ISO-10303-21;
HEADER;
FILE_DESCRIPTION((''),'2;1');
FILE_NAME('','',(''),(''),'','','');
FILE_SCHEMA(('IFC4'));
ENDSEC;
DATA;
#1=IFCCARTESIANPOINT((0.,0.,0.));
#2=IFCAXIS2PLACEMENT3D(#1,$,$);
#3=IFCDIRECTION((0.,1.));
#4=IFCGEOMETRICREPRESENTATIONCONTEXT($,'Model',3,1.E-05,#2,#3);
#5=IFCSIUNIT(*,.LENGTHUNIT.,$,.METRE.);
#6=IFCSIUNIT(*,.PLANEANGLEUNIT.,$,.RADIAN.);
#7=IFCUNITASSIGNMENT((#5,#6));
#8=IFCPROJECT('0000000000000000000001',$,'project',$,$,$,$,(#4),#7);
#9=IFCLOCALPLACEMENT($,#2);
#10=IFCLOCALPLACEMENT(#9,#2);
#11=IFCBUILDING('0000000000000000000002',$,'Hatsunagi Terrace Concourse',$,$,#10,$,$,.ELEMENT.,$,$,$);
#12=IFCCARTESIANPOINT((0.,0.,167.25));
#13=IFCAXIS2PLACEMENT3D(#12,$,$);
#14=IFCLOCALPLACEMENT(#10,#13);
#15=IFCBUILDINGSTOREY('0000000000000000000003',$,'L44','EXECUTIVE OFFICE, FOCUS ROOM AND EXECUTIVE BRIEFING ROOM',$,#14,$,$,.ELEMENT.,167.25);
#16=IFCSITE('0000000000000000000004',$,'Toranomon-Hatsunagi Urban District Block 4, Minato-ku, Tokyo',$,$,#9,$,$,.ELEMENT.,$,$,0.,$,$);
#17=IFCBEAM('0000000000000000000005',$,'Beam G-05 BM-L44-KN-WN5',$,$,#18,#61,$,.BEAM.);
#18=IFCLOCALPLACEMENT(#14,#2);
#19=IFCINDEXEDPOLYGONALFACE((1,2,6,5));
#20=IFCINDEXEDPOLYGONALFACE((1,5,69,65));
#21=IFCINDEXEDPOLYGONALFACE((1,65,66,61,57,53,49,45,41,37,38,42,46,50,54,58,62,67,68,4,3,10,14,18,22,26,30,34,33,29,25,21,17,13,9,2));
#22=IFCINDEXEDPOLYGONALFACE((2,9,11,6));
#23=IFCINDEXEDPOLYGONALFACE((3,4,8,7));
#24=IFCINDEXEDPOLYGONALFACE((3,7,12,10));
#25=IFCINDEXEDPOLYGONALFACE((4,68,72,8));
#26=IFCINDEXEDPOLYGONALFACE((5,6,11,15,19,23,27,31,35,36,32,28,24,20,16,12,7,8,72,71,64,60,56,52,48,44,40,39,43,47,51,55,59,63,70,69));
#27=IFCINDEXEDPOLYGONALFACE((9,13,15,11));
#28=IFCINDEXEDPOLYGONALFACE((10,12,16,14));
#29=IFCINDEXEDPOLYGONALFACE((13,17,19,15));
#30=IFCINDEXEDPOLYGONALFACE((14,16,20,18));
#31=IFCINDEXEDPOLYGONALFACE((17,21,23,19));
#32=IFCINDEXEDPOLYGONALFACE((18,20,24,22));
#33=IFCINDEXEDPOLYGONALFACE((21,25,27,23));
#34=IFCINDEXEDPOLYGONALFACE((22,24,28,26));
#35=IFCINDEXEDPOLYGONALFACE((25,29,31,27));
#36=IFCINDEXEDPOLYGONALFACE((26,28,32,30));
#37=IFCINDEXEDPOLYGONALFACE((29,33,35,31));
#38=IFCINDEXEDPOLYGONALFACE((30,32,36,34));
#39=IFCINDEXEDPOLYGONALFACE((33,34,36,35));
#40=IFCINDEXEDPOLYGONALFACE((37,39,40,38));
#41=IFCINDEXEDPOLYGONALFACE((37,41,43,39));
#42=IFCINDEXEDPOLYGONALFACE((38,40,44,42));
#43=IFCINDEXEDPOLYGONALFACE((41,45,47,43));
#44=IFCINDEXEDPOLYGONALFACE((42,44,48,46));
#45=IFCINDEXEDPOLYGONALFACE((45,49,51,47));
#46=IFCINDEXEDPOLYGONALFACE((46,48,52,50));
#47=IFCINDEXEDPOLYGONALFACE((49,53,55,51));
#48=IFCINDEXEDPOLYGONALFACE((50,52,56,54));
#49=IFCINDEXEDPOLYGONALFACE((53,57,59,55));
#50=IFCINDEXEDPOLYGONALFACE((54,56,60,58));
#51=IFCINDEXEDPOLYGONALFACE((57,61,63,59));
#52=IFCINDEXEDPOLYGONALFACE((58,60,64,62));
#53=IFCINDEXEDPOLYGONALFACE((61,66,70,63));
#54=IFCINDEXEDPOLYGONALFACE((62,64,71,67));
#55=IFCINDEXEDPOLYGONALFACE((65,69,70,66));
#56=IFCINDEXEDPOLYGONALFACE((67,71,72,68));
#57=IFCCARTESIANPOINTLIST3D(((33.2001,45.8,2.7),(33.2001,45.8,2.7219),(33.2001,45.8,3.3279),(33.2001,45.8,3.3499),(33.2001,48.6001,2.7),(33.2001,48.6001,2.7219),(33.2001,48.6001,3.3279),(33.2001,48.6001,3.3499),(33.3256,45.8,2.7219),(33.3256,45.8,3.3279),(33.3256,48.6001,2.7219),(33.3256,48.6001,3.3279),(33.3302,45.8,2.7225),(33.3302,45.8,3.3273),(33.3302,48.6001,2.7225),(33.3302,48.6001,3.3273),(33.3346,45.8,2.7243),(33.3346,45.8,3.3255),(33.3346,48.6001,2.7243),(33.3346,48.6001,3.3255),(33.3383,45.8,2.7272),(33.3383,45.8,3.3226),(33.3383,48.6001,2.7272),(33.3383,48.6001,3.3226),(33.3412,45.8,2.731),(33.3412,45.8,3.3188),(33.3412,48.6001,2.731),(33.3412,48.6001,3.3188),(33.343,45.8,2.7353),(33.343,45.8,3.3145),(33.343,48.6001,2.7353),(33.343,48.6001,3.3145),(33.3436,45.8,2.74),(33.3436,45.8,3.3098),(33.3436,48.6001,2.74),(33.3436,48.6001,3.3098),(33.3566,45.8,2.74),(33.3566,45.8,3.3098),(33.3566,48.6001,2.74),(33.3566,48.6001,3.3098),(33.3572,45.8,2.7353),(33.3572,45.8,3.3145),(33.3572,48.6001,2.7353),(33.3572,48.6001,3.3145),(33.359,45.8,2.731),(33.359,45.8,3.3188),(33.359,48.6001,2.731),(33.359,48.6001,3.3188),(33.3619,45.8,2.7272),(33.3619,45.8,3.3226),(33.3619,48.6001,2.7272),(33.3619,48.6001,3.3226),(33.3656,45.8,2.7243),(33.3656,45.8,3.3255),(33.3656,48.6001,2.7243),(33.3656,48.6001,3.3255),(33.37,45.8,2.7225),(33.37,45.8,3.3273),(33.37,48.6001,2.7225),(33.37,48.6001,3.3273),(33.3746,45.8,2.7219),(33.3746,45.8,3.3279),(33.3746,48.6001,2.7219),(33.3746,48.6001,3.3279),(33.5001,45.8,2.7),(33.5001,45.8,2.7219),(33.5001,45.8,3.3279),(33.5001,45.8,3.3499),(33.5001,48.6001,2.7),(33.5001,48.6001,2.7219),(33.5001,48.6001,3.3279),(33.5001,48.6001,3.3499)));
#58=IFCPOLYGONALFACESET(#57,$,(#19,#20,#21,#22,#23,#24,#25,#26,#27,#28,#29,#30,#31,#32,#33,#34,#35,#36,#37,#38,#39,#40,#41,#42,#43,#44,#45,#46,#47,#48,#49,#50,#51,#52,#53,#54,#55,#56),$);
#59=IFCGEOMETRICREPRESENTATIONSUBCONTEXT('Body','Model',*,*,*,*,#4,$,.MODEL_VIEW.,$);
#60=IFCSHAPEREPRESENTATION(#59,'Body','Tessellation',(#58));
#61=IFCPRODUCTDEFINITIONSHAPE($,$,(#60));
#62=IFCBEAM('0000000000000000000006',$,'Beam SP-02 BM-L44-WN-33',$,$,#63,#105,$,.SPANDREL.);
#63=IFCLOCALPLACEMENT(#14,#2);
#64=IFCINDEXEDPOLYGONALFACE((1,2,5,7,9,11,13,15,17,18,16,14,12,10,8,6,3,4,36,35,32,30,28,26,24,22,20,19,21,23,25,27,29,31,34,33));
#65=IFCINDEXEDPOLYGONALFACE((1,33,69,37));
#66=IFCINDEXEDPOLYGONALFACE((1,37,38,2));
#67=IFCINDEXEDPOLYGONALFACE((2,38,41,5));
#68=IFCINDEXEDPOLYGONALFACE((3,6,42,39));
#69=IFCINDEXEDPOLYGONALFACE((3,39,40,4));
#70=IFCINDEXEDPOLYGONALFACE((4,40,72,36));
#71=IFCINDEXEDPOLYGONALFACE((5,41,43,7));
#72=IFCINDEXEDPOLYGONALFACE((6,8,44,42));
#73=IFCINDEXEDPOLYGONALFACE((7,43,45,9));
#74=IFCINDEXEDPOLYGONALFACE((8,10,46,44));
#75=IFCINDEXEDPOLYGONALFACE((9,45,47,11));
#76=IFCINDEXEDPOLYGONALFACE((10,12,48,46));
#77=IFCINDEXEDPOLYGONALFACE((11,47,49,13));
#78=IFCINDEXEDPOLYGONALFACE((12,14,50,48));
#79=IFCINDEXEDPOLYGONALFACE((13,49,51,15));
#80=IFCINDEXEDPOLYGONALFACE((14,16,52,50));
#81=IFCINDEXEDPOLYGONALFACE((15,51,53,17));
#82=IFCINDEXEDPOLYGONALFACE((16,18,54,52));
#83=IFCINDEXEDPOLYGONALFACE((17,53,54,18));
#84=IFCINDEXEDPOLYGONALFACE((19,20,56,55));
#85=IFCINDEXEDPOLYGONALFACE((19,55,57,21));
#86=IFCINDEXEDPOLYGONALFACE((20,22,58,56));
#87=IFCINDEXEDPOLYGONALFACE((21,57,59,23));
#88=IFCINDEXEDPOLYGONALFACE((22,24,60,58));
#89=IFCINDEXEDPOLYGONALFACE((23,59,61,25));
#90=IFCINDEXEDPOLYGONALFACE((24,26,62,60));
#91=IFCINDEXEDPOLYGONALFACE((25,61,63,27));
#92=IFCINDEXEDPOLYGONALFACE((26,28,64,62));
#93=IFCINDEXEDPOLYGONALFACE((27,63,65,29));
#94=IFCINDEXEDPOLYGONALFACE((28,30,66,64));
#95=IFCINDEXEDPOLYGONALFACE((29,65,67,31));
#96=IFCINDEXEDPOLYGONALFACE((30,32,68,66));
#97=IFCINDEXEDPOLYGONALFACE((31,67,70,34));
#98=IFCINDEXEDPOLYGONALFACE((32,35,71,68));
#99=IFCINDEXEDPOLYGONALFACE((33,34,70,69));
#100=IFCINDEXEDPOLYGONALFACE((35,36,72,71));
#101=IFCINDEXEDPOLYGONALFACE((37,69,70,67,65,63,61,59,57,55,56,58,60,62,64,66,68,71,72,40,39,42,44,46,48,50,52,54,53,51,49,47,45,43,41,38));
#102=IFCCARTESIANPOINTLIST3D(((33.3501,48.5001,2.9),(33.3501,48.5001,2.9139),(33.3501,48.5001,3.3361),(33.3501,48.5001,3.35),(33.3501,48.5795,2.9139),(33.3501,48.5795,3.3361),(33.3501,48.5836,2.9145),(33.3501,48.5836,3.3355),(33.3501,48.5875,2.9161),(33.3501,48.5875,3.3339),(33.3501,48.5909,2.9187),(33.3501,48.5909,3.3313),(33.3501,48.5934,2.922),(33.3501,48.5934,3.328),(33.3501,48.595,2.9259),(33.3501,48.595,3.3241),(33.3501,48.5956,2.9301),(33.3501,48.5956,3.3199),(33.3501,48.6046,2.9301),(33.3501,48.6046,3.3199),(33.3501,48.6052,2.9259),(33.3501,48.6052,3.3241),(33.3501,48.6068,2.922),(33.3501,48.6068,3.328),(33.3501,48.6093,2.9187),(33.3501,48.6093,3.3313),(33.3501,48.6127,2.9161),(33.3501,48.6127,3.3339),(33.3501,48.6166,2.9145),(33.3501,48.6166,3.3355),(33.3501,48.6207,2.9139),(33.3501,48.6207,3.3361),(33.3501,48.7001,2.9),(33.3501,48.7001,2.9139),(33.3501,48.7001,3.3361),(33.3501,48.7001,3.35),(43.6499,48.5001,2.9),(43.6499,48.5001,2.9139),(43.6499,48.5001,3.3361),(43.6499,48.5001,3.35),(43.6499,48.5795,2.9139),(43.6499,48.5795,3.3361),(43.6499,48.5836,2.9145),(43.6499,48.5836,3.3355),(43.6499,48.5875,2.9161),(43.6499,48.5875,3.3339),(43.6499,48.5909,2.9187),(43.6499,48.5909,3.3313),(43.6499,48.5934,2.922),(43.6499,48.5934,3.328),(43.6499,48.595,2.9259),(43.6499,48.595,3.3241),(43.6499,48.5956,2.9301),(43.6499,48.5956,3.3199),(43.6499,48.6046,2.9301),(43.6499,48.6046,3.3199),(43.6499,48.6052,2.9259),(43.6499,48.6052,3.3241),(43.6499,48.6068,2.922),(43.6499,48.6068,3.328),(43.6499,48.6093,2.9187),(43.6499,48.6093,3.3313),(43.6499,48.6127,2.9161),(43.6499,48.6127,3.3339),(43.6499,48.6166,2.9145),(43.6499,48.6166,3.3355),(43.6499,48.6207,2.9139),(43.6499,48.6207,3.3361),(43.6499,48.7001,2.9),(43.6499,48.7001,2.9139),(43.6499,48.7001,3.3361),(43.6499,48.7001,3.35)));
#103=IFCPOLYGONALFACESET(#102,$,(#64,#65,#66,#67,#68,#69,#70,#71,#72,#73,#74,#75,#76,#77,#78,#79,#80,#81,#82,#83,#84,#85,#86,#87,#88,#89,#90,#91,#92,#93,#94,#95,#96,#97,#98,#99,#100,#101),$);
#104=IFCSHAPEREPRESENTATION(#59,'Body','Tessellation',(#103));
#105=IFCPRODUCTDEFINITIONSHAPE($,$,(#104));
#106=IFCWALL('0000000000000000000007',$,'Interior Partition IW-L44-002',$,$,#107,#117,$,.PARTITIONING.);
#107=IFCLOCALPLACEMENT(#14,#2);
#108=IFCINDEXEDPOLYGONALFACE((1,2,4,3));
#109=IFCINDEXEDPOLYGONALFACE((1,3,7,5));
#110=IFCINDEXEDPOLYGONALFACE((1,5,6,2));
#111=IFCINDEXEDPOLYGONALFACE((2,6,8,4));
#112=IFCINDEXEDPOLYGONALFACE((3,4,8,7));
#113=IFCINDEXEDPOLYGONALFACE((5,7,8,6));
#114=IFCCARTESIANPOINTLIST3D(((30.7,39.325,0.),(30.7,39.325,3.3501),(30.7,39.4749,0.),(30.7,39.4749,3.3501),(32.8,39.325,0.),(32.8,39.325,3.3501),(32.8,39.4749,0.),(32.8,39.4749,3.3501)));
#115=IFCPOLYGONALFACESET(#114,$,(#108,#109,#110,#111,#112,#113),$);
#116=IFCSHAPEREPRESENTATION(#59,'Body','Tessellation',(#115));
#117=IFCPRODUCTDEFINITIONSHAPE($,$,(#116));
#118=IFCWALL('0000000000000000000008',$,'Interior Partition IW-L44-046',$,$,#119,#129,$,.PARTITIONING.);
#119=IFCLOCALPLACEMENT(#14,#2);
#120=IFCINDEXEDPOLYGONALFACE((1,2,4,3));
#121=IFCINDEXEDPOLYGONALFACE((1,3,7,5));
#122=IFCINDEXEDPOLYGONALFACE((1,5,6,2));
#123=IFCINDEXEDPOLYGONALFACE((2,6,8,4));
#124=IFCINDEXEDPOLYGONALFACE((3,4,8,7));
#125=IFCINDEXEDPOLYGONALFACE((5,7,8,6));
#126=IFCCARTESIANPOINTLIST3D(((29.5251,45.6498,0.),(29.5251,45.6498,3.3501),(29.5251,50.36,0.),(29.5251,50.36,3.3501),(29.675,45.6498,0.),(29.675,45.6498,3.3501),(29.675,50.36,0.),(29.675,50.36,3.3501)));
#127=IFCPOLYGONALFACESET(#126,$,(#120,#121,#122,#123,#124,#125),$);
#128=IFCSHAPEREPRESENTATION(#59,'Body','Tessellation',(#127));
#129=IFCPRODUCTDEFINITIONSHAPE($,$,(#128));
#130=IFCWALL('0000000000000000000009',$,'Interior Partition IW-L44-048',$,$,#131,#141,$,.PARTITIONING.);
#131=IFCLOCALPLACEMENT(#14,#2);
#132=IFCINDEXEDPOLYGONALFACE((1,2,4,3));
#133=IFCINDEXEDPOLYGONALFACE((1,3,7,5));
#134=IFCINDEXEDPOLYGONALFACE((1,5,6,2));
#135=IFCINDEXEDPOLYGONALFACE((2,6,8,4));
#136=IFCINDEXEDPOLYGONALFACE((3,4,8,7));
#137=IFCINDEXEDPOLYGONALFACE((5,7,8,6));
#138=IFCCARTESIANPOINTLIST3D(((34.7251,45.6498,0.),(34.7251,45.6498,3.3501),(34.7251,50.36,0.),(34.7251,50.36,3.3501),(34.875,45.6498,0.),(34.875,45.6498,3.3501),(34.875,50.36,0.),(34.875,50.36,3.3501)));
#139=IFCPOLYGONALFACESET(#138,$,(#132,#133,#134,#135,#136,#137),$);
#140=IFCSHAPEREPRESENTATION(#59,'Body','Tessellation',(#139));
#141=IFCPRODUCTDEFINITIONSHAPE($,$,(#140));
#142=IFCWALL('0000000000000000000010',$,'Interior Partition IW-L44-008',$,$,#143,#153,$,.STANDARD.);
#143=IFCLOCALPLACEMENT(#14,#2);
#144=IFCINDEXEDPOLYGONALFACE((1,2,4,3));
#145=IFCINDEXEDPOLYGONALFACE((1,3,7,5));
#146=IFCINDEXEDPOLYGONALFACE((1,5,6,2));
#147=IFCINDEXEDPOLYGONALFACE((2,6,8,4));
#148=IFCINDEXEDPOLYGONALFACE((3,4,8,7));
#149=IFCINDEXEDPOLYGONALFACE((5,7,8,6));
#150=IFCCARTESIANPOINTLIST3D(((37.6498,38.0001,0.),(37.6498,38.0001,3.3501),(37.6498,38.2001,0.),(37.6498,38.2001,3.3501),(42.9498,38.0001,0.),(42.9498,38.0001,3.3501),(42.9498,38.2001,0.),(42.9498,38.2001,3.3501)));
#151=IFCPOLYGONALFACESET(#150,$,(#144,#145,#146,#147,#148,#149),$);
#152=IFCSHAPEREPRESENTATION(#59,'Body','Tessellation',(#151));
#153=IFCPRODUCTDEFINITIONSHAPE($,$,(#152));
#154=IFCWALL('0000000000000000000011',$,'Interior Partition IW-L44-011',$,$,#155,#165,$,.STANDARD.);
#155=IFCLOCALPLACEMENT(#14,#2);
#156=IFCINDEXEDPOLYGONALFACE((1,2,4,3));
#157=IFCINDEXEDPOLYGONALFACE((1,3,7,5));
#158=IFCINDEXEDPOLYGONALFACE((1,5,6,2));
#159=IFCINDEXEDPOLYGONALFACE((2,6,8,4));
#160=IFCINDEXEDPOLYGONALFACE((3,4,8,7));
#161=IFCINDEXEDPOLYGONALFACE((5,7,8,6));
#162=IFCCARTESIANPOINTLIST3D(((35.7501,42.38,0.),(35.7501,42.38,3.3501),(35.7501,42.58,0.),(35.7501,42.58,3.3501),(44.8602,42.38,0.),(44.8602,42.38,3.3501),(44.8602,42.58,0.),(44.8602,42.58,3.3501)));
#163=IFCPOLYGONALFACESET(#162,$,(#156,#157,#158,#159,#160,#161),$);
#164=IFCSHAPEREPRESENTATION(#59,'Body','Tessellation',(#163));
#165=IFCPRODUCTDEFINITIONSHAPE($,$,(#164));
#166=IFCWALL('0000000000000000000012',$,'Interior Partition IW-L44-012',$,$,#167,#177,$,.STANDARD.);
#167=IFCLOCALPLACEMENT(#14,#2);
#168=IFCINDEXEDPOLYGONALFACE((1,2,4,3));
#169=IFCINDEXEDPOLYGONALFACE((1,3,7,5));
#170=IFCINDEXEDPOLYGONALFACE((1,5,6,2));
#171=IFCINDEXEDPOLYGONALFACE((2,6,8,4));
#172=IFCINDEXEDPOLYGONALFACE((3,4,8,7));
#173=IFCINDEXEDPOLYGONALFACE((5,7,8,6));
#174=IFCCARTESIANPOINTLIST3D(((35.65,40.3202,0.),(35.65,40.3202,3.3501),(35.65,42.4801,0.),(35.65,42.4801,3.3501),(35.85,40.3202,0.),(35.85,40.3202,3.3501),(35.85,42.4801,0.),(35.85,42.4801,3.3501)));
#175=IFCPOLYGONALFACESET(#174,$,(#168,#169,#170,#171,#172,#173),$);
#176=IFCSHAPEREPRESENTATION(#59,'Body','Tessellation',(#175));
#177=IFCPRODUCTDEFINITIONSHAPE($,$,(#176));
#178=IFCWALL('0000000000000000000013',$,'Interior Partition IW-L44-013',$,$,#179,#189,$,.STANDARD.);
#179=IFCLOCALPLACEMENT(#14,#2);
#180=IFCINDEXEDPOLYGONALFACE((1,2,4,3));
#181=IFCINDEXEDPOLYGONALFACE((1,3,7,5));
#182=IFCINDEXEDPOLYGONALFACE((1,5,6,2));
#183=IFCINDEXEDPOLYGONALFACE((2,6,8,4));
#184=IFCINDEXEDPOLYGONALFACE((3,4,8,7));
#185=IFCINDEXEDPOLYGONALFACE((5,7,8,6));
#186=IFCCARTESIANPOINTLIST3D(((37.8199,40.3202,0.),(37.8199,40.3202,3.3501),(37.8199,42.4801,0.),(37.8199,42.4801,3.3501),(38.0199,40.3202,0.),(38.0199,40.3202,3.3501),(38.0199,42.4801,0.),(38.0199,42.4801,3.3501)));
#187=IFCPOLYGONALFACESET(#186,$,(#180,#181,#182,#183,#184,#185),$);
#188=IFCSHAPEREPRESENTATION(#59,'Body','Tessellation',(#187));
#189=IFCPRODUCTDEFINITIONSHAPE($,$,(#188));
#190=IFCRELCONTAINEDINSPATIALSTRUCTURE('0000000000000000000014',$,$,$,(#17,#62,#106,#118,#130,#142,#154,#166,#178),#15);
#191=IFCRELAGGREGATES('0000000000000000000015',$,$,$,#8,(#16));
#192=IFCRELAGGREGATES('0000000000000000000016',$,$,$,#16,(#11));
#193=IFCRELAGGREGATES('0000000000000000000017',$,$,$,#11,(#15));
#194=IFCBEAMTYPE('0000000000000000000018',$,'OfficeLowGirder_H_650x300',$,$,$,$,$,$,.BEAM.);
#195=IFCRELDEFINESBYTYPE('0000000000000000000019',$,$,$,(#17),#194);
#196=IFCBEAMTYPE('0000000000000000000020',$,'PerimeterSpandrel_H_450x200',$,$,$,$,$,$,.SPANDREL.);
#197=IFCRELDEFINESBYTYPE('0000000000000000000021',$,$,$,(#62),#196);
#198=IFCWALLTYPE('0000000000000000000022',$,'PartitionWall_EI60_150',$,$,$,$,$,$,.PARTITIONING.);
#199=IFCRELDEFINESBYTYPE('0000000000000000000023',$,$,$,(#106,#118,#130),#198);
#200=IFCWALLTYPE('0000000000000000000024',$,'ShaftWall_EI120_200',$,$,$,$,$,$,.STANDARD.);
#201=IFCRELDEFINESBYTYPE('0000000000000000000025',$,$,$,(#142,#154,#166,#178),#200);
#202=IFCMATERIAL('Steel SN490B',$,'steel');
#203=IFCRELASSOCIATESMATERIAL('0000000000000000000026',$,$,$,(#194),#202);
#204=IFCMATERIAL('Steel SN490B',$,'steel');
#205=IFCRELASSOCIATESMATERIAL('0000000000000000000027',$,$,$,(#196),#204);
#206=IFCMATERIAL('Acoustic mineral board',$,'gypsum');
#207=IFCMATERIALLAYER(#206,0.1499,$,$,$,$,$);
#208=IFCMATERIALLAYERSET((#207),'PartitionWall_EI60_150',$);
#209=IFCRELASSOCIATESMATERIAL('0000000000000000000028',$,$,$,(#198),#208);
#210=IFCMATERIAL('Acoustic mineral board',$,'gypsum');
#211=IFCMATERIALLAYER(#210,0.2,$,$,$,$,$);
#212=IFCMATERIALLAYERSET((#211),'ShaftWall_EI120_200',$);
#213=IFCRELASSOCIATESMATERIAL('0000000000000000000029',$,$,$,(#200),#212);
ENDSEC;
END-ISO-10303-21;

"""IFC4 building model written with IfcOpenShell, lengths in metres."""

from ifc_helpers import new_model, si_unit, direction, frame, frame_2d, origin, origin_2d, place, context, subcontext, project, spatial, rectangle, i_section, extrude, material, layer, layer_set, material_profile, profile_set, type_object, element, save


model = new_model("IFC4")

# Units and contexts
model_context = context("Model", 3, precision=1e-05, world=origin(), true_north=direction((0.0, 1.0)))
body_context = subcontext(model_context, "Body", "Model", "MODEL_VIEW")
ifc_project = project(units=[si_unit("LENGTHUNIT", "METRE"), si_unit("PLANEANGLEUNIT", "RADIAN")], contexts=[model_context])

# Site, building, storey
site_placement = place(None, origin())
site = spatial("IfcSite", under=ifc_project, at=site_placement, Name="Toranomon-Hatsunagi Urban District Block 4, Minato-ku, Tokyo", CompositionType="ELEMENT", RefElevation=0.0)
building_placement = place(site_placement, origin())
building = spatial("IfcBuilding", under=site, at=building_placement, Name="Hatsunagi Terrace Concourse", CompositionType="ELEMENT")
storey_placement = place(building_placement, frame((0.0, 0.0, 167.25)))
storey = spatial("IfcBuildingStorey", under=building, at=storey_placement, Name="L44", Description="EXECUTIVE OFFICE, FOCUS ROOM AND EXECUTIVE BRIEFING ROOM", CompositionType="ELEMENT", Elevation=167.25)

# Beams
ifc_material_1 = material(Name="Steel SN490B", Category="steel")
ifc_material_profile_1 = material_profile(ifc_material_1, i_section(OverallWidth=0.3, OverallDepth=0.6499, WebThickness=0.0129, FlangeThickness=0.022, FilletRadius=0.0181, at=origin_2d()), Name="H-650x300x13x22")
ifc_profile_set_1 = profile_set([ifc_material_profile_1], Name="Steel SN490B")
beam_type_1 = type_object("IfcBeamType", Name="OfficeLowGirder_H_650x300", PredefinedType="BEAM", material=ifc_profile_set_1)
beam_1_placement = place(storey_placement, frame((33.3501, 45.8, 3.0249), z_axis=(0.0, 1.0, 0.0), x_axis=(-1.0, 0.0, 0.0)))
element("IfcBeam", 1, at=beam_1_placement, inside=storey, type_object=beam_type_1, Name="Beam G-05 BM-L44-KN-WN5", PredefinedType="BEAM", context=body_context, shape_type="SweptSolid", body=[
    extrude(i_section(OverallWidth=0.3, OverallDepth=0.6499, WebThickness=0.0129, FlangeThickness=0.022, FilletRadius=0.0181, at=origin_2d()), origin(), (0.0, 0.0, 1.0), 2.8),
])
ifc_material_2 = material(Name="Steel SN490B", Category="steel")
ifc_material_profile_2 = material_profile(ifc_material_2, i_section(OverallWidth=0.2, OverallDepth=0.45, WebThickness=0.009, FlangeThickness=0.0139, FilletRadius=0.0161, at=origin_2d()), Name="H-450x200x9x14")
ifc_profile_set_2 = profile_set([ifc_material_profile_2], Name="Steel SN490B")
beam_type_2 = type_object("IfcBeamType", Name="PerimeterSpandrel_H_450x200", PredefinedType="SPANDREL", material=ifc_profile_set_2)
beam_2_placement = place(storey_placement, frame((33.3501, 48.6001, 3.125), z_axis=(1.0, 0.0, 0.0), x_axis=(0.0, 1.0, 0.0)))
element("IfcBeam", 2, at=beam_2_placement, inside=storey, type_object=beam_type_2, Name="Beam SP-02 BM-L44-WN-33", PredefinedType="SPANDREL", context=body_context, shape_type="SweptSolid", body=[
    extrude(i_section(OverallWidth=0.2, OverallDepth=0.45, WebThickness=0.009, FlangeThickness=0.0139, FilletRadius=0.0161, at=origin_2d()), origin(), (0.0, 0.0, 1.0), 10.2998),
])

# Walls
ifc_material_3 = material(Name="Acoustic mineral board", Category="gypsum")
ifc_layer_1 = layer(ifc_material_3, 0.1499)
ifc_layer_set_1 = layer_set([ifc_layer_1], Name="PartitionWall_EI60_150")
wall_type_1 = type_object("IfcWallType", Name="PartitionWall_EI60_150", PredefinedType="PARTITIONING", material=ifc_layer_set_1)
wall_1_placement = place(storey_placement, frame((30.7, 39.3999, 0.0), z_axis=(0.0, 0.0, 1.0), x_axis=(1.0, 0.0, 0.0)))
element("IfcWall", 3, at=wall_1_placement, inside=storey, type_object=wall_type_1, Name="Interior Partition IW-L44-002", PredefinedType="PARTITIONING", context=body_context, shape_type="SweptSolid", body=[
    extrude(rectangle(XDim=2.1001, YDim=0.1499, at=frame_2d((1.05, 0.0))), origin(), (0.0, 0.0, 1.0), 3.3501),
])
wall_2_placement = place(storey_placement, frame((29.6001, 45.6499, 0.0), z_axis=(0.0, 0.0, 1.0), x_axis=(0.0, 1.0, 0.0)))
element("IfcWall", 4, at=wall_2_placement, inside=storey, type_object=wall_type_1, Name="Interior Partition IW-L44-046", PredefinedType="PARTITIONING", context=body_context, shape_type="SweptSolid", body=[
    extrude(rectangle(XDim=4.7102, YDim=0.1499, at=frame_2d((2.355, 0.0))), origin(), (0.0, 0.0, 1.0), 3.3501),
])

# Wall
wall_3_placement = place(storey_placement, frame((34.8, 45.6499, 0.0), z_axis=(0.0, 0.0, 1.0), x_axis=(0.0, 1.0, 0.0)))
element("IfcWall", 5, at=wall_3_placement, inside=storey, type_object=wall_type_1, Name="Interior Partition IW-L44-048", PredefinedType="PARTITIONING", context=body_context, shape_type="SweptSolid", body=[
    extrude(rectangle(XDim=4.7102, YDim=0.1499, at=frame_2d((2.355, 0.0))), origin(), (0.0, 0.0, 1.0), 3.3501),
])

# Walls
ifc_material_4 = material(Name="Acoustic mineral board", Category="gypsum")
ifc_layer_2 = layer(ifc_material_4, 0.2)
ifc_layer_set_2 = layer_set([ifc_layer_2], Name="ShaftWall_EI120_200")
wall_type_2 = type_object("IfcWallType", Name="ShaftWall_EI120_200", PredefinedType="STANDARD", material=ifc_layer_set_2)
wall_4_placement = place(storey_placement, frame((37.6499, 38.1001, 0.0), z_axis=(0.0, 0.0, 1.0), x_axis=(1.0, 0.0, 0.0)))
element("IfcWall", 6, at=wall_4_placement, inside=storey, type_object=wall_type_2, Name="Interior Partition IW-L44-008", PredefinedType="STANDARD", context=body_context, shape_type="SweptSolid", body=[
    extrude(rectangle(XDim=5.3, YDim=0.2, at=frame_2d((2.6499, 0.0))), origin(), (0.0, 0.0, 1.0), 3.3501),
])
wall_5_placement = place(storey_placement, frame((35.75, 42.48, 0.0), z_axis=(0.0, 0.0, 1.0), x_axis=(1.0, 0.0, 0.0)))
element("IfcWall", 7, at=wall_5_placement, inside=storey, type_object=wall_type_2, Name="Interior Partition IW-L44-011", PredefinedType="STANDARD", context=body_context, shape_type="SweptSolid", body=[
    extrude(rectangle(XDim=9.1101, YDim=0.2, at=frame_2d((4.5552, 0.0))), origin(), (0.0, 0.0, 1.0), 3.3501),
])
for number, where, z_axis, x_axis, name in (
    (8, (35.75, 40.3201, 0.0), (0.0, 0.0, 1.0), (0.0, 1.0, 0.0), "Interior Partition IW-L44-012"),
    (9, (37.9199, 40.3201, 0.0), (0.0, 0.0, 1.0), (0.0, 1.0, 0.0), "Interior Partition IW-L44-013"),
):
    element("IfcWall", number, at=place(storey_placement, frame(where, z_axis=z_axis, x_axis=x_axis)), inside=storey, type_object=wall_type_2, Name=name, PredefinedType="STANDARD", context=body_context, shape_type="SweptSolid", body=[
        extrude(rectangle(XDim=2.1599, YDim=0.2, at=frame_2d((1.0801, 0.0))), origin(), (0.0, 0.0, 1.0), 3.3501),
    ])

save(model, "model.ifc")
